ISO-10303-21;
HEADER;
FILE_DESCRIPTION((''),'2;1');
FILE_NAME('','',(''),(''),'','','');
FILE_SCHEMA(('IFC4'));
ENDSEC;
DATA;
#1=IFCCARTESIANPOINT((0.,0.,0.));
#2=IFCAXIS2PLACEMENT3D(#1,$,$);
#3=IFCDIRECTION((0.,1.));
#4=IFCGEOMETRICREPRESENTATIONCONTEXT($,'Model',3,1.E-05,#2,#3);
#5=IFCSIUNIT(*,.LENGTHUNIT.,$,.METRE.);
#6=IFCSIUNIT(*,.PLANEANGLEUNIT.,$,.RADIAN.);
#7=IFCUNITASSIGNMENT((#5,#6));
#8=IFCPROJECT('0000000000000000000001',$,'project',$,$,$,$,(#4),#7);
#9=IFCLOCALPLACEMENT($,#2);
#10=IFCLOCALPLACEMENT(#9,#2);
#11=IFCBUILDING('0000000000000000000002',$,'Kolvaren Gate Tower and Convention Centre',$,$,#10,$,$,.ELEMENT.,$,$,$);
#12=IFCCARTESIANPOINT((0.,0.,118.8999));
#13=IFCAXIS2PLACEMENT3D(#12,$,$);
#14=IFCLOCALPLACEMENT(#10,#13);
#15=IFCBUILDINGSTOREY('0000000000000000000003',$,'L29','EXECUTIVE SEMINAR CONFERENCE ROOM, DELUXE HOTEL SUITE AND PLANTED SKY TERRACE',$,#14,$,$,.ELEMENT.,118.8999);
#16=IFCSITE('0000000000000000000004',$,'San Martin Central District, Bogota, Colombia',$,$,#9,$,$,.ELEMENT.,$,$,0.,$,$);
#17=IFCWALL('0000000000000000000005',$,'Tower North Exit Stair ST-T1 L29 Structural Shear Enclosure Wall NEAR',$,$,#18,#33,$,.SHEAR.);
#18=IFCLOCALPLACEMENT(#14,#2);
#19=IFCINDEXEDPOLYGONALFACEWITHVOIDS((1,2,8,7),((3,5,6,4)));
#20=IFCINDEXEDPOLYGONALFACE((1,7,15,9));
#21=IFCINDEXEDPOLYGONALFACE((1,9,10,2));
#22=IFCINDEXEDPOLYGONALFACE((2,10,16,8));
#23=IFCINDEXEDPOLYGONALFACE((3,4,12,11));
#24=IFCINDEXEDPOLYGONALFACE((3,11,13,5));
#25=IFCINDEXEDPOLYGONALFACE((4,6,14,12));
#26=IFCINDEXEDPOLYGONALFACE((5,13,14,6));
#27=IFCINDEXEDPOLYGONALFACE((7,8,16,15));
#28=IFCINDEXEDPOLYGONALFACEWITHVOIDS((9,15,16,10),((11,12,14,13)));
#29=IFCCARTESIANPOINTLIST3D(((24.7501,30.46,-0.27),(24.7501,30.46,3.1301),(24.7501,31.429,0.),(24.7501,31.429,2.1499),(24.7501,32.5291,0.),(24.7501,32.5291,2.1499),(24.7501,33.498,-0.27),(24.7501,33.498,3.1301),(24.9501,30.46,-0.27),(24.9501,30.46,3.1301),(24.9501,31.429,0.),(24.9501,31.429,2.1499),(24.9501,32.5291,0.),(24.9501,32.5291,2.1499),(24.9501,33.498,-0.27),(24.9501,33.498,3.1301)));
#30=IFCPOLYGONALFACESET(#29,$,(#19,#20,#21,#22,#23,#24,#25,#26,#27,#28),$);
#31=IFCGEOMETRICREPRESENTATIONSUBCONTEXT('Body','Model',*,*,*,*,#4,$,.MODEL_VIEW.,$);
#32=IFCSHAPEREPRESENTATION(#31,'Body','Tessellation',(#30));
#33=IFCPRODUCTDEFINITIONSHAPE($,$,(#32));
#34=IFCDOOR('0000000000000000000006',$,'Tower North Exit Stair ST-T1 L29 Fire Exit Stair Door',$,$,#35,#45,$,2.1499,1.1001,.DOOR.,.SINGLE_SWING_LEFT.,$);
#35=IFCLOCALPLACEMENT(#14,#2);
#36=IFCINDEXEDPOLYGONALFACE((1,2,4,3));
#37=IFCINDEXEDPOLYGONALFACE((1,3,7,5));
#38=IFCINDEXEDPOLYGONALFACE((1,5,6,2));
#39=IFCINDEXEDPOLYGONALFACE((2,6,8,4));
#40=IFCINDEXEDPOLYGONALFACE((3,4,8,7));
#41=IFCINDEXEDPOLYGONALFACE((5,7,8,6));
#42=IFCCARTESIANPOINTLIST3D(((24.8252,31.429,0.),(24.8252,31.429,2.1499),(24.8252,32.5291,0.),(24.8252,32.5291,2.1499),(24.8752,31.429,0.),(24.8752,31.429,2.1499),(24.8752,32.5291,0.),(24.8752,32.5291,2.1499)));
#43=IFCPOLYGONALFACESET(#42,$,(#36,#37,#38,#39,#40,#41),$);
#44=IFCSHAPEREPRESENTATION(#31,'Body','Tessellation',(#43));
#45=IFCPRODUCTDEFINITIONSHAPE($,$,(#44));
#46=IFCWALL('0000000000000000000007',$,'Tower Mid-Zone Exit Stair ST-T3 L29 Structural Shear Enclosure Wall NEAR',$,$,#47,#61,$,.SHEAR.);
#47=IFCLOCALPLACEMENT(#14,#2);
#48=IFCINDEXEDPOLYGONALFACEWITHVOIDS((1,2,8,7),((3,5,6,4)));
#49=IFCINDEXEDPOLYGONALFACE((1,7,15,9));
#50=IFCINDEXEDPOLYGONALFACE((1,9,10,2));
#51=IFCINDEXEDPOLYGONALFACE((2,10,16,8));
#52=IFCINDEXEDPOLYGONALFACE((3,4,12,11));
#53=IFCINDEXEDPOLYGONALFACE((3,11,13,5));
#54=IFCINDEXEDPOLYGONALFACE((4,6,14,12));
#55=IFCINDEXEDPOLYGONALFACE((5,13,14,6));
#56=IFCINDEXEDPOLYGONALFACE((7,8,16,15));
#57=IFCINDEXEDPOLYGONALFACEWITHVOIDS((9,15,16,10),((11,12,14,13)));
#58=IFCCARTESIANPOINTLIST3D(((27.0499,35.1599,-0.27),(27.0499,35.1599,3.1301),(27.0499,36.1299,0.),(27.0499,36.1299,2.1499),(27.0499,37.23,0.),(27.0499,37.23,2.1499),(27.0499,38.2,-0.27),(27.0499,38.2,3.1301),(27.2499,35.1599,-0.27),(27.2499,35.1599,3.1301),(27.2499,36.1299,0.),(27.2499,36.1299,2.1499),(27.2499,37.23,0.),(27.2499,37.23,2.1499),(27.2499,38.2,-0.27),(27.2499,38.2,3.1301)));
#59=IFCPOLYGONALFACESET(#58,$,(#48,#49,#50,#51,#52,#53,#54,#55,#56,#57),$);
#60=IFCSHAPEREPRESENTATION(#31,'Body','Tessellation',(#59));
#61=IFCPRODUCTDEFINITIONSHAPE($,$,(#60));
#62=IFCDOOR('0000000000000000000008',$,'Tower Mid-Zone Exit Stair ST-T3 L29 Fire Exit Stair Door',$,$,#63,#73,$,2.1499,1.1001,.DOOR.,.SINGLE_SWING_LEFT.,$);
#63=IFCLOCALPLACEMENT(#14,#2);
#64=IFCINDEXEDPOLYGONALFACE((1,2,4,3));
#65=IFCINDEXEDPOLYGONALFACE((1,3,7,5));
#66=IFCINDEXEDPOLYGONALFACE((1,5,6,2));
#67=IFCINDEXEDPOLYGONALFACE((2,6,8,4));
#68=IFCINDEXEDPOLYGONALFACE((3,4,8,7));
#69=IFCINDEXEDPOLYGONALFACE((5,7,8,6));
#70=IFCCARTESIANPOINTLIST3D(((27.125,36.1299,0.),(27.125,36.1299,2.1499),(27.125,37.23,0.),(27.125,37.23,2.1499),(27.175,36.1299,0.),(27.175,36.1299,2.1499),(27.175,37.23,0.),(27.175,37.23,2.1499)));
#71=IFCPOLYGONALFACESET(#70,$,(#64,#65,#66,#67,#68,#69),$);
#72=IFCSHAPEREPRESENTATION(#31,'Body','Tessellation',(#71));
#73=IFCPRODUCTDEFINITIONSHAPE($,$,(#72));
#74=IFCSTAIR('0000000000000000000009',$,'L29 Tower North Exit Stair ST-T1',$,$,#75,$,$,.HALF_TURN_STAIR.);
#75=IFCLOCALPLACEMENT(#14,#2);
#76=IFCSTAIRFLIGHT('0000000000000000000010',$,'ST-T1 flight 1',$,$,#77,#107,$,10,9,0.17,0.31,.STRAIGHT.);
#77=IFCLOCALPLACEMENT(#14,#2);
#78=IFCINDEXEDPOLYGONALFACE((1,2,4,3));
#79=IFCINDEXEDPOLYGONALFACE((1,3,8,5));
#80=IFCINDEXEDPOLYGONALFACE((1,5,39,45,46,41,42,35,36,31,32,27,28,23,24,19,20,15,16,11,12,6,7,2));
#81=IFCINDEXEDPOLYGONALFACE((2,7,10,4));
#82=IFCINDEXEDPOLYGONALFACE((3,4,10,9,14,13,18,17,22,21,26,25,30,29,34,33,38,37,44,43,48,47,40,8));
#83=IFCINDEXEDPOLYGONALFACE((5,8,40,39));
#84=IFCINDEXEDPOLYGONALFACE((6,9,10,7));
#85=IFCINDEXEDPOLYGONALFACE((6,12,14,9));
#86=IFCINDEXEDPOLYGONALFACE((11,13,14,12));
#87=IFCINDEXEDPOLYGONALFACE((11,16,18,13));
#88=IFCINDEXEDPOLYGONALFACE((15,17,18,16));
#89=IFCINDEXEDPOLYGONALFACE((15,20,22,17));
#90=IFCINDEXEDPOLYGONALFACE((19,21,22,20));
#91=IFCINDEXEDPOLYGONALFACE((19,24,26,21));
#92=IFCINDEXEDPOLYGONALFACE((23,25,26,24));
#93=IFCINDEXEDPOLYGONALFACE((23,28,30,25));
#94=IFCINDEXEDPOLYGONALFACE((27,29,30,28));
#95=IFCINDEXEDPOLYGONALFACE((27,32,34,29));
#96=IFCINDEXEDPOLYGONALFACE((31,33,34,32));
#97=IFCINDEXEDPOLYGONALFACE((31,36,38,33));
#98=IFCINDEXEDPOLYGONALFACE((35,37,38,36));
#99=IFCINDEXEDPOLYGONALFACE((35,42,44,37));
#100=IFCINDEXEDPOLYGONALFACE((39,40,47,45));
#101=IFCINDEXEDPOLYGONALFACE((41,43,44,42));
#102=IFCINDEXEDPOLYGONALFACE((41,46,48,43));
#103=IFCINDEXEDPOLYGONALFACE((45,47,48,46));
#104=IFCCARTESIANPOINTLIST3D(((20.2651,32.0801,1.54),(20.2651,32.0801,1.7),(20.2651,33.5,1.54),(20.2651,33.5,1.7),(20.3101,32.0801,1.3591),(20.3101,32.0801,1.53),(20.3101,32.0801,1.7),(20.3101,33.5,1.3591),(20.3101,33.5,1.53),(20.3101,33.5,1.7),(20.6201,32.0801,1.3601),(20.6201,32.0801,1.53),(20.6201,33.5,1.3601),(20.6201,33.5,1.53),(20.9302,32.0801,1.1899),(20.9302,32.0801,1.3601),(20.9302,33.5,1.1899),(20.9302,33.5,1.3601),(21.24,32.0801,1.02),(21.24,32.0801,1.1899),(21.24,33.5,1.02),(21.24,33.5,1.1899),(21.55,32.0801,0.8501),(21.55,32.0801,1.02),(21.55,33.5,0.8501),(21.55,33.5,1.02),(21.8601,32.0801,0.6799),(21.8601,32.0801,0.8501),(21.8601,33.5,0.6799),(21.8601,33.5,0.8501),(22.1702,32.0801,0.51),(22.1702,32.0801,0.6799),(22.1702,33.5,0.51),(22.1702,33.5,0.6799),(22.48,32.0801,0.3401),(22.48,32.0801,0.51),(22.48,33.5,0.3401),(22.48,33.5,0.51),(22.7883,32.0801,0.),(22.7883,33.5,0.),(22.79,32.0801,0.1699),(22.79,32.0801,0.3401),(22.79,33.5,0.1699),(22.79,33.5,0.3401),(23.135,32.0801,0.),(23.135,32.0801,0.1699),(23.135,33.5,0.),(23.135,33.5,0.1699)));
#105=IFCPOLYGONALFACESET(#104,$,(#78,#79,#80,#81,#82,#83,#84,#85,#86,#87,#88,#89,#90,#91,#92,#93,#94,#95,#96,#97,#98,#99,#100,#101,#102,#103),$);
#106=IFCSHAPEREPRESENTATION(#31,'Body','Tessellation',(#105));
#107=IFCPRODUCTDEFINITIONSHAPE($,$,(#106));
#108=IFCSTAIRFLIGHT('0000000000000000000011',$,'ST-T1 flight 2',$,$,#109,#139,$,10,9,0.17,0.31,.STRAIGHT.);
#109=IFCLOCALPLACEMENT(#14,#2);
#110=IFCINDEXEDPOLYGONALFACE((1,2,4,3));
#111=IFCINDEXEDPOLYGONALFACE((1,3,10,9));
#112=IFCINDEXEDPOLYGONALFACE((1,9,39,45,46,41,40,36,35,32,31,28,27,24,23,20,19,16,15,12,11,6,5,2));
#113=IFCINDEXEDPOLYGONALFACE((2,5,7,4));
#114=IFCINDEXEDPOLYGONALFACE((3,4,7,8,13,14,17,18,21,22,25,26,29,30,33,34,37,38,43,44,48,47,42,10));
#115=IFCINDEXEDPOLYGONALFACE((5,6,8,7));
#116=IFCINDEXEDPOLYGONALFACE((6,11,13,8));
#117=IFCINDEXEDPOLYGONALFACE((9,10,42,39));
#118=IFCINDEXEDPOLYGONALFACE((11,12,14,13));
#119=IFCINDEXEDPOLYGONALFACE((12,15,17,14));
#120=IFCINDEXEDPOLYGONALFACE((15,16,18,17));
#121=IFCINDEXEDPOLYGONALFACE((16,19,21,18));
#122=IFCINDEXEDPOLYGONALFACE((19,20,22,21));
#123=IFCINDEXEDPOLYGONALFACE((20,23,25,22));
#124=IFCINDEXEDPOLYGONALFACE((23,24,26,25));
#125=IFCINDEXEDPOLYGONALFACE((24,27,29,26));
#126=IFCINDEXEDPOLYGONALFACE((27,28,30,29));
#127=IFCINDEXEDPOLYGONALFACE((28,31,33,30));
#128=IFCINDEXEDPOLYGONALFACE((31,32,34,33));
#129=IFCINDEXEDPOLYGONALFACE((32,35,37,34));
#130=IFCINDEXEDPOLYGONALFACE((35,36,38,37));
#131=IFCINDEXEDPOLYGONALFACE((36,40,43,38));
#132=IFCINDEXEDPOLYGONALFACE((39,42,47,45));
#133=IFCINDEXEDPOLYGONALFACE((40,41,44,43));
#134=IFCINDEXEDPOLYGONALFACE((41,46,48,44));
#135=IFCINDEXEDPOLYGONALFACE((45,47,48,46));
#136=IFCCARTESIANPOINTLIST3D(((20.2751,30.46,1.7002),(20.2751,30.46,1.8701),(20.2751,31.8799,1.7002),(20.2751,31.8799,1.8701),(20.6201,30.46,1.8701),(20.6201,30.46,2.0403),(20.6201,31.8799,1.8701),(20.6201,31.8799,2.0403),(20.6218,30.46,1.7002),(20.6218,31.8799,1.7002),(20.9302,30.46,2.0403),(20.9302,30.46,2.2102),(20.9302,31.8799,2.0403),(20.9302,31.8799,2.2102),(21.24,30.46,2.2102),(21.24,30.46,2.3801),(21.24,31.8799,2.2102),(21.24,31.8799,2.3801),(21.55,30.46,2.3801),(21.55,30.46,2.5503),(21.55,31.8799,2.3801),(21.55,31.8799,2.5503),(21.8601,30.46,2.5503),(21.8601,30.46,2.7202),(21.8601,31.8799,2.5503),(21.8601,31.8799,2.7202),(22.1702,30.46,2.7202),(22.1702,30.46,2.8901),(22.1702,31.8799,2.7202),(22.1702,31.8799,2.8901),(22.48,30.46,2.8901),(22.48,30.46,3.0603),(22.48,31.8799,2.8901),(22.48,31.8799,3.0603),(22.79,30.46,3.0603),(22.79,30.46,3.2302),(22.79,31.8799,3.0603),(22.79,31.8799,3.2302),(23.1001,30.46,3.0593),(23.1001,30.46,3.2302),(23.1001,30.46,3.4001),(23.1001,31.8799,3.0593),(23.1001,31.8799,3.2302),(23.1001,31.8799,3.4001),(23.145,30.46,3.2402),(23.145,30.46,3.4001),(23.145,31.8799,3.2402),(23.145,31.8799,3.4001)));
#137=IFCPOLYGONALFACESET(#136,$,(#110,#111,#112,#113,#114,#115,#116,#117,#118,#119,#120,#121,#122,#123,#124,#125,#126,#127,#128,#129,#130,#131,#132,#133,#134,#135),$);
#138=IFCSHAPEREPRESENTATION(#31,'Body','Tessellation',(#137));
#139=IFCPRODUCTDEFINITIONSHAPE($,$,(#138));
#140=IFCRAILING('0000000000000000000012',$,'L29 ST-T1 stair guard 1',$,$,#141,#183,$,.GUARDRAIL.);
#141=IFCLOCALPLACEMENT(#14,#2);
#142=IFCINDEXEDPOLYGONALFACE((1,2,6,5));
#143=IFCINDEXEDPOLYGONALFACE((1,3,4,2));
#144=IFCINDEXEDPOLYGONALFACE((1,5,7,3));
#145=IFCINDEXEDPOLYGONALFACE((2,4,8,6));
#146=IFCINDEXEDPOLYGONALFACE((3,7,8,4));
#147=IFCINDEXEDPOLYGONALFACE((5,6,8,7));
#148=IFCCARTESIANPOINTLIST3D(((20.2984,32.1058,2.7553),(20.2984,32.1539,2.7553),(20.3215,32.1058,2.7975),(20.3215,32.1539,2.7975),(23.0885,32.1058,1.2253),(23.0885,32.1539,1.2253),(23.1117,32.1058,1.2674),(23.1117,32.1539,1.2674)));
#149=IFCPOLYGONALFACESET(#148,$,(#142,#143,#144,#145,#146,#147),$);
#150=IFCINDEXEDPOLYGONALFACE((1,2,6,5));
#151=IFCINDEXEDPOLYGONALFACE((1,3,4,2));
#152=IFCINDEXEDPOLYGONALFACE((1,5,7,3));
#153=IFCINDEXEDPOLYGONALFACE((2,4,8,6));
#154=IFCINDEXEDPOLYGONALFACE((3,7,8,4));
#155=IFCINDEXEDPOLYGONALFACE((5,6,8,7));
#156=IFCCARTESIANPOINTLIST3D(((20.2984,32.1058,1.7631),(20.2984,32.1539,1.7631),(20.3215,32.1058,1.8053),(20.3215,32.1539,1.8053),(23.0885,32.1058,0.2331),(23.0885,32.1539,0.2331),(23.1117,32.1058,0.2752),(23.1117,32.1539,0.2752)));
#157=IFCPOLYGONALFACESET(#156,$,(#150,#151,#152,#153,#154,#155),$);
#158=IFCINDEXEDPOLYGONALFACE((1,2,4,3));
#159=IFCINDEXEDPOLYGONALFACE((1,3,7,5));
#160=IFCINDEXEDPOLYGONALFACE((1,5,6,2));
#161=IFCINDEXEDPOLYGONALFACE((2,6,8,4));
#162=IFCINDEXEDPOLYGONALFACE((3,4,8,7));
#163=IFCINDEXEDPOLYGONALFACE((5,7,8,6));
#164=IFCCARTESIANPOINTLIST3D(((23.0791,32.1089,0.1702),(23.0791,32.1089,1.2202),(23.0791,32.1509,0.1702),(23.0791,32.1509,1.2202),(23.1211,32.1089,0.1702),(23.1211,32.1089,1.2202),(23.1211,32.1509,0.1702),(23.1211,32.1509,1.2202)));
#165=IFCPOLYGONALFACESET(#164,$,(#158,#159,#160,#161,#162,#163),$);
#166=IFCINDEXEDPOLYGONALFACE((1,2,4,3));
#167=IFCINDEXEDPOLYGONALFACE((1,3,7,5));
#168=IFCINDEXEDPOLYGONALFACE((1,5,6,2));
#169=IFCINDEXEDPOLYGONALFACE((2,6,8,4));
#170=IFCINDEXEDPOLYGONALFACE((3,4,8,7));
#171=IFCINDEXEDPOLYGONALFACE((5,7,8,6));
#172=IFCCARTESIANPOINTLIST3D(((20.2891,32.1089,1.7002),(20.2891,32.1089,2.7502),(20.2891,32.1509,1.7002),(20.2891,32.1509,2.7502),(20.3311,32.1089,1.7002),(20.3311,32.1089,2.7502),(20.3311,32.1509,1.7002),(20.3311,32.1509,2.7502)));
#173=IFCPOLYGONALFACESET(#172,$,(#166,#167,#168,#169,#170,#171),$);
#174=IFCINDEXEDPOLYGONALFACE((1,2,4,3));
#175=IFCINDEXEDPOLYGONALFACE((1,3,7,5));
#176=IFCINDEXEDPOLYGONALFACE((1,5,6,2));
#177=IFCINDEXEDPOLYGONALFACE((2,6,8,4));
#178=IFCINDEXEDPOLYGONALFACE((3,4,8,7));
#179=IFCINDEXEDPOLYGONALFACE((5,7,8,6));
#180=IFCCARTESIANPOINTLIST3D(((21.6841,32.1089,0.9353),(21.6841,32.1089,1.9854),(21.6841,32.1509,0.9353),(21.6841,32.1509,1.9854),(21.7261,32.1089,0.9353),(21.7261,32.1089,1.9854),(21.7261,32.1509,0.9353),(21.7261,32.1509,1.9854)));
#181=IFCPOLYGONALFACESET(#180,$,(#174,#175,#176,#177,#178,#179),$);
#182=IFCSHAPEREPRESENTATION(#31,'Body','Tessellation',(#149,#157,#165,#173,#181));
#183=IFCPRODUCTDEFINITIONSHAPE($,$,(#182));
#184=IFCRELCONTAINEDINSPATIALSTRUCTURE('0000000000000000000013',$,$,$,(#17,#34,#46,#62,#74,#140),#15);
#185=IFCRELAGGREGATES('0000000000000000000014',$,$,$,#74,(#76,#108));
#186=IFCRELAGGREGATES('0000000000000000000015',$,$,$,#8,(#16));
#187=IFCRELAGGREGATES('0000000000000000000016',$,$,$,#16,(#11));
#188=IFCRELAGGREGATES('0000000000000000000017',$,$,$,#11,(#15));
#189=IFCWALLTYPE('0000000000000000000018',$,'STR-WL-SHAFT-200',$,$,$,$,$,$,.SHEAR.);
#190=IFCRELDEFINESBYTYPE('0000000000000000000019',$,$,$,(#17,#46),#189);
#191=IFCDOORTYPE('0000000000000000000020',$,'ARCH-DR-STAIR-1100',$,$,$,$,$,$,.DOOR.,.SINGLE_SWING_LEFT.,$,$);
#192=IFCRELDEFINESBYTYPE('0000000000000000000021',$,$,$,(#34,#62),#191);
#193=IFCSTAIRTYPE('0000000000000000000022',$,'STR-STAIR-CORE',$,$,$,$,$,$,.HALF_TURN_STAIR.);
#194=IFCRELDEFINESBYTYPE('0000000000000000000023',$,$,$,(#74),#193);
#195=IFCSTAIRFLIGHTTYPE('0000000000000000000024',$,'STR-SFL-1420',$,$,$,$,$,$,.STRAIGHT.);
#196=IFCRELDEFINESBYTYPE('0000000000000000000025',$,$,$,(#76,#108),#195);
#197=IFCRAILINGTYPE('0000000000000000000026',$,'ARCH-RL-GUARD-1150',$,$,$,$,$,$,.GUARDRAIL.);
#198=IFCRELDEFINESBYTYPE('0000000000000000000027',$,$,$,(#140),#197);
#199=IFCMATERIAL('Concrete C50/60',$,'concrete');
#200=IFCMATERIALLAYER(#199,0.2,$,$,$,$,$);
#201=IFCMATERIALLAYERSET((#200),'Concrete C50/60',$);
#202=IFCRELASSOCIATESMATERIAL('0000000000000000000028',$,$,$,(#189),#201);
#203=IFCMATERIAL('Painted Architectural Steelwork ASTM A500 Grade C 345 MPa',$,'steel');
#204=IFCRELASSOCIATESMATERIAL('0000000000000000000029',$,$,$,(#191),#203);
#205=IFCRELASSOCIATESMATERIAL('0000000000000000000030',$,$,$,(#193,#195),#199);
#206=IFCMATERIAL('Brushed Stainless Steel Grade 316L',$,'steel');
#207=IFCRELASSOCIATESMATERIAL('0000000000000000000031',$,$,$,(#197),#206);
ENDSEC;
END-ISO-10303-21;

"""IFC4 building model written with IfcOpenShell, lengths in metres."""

from ifc_helpers import new_model, si_unit, direction, frame, frame_2d, origin, origin_2d, place, context, subcontext, project, spatial, polyline, rectangle, outline, extrude, material, layer, layer_set, type_object, element, fill, aggregate, save


model = new_model("IFC4")

# Units and contexts
model_context = context("Model", 3, precision=1e-05, world=origin(), true_north=direction((0.0, 1.0)))
body_context = subcontext(model_context, "Body", "Model", "MODEL_VIEW")
ifc_project = project(units=[si_unit("LENGTHUNIT", "METRE"), si_unit("PLANEANGLEUNIT", "RADIAN")], contexts=[model_context])

# Site, building, storey
site_placement = place(None, origin())
site = spatial("IfcSite", under=ifc_project, at=site_placement, Name="San Martin Central District, Bogota, Colombia", CompositionType="ELEMENT", RefElevation=0.0)
building_placement = place(site_placement, origin())
building = spatial("IfcBuilding", under=site, at=building_placement, Name="Kolvaren Gate Tower and Convention Centre", CompositionType="ELEMENT")
storey_placement = place(building_placement, frame((0.0, 0.0, 118.8999)))
storey = spatial("IfcBuildingStorey", under=building, at=storey_placement, Name="L29", Description="EXECUTIVE SEMINAR CONFERENCE ROOM, DELUXE HOTEL SUITE AND PLANTED SKY TERRACE", CompositionType="ELEMENT", Elevation=118.8999)

# Shared definitions
ifc_material_1 = material(Name="Brushed Stainless Steel Grade 316L", Category="steel")

# Walls, openings, doors
ifc_material_2 = material(Name="Concrete C50/60", Category="concrete")
ifc_layer_1 = layer(ifc_material_2, 0.2)
ifc_layer_set_1 = layer_set([ifc_layer_1], Name="Concrete C50/60")
wall_type_1 = type_object("IfcWallType", Name="STR-WL-SHAFT-200", PredefinedType="SHEAR", material=ifc_layer_set_1)
wall_1_placement = place(storey_placement, frame((24.8501, 30.46, -0.27), z_axis=(0.0, 0.0, 1.0), x_axis=(0.0, 1.0, 0.0)))
wall_1 = element("IfcWall", 1, at=wall_1_placement, inside=storey, type_object=wall_type_1, Name="Tower North Exit Stair ST-T1 L29 Structural Shear Enclosure Wall NEAR", PredefinedType="SHEAR", context=body_context, shape_type="SweptSolid", body=[
    extrude(rectangle(XDim=3.0381, YDim=0.2, at=frame_2d((1.519, 0.0))), origin(), (0.0, 0.0, 1.0), 3.4001),
])
opening_1_placement = place(wall_1_placement, frame((0.969, 0.0, 0.27)))
opening_1 = element("IfcOpeningElement", 2, at=opening_1_placement, cuts=wall_1, PredefinedType="OPENING", context=body_context, shape_type="SweptSolid", body=[
    extrude(rectangle(XDim=1.1001, YDim=2.1499, at=frame_2d((0.55, 1.075))), frame((0.0, 0.1099, 0.0), z_axis=(0.0, -1.0, 0.0), x_axis=(1.0, 0.0, 0.0)), (0.0, 0.0, 1.0), 0.22),
])
ifc_material_3 = material(Name="Painted Architectural Steelwork ASTM A500 Grade C 345 MPa", Category="steel")
door_type_1 = type_object("IfcDoorType", Name="ARCH-DR-STAIR-1100", OperationType="SINGLE_SWING_LEFT", PredefinedType="DOOR", material=ifc_material_3)
door_1_placement = place(opening_1_placement, origin())
door_1 = element("IfcDoor", 3, at=door_1_placement, inside=storey, type_object=door_type_1, Name="Tower North Exit Stair ST-T1 L29 Fire Exit Stair Door", OperationType="SINGLE_SWING_LEFT", OverallHeight=2.1499, OverallWidth=1.1001, PredefinedType="DOOR", context=body_context, shape_type="SweptSolid", body=[
    extrude(rectangle(XDim=1.1001, YDim=2.1499, at=frame_2d((0.55, 1.075))), frame((0.0, 0.0249, 0.0), z_axis=(0.0, -1.0, 0.0), x_axis=(1.0, 0.0, 0.0)), (0.0, 0.0, 1.0), 0.05),
])
fill(opening_1, door_1)
wall_2_placement = place(storey_placement, frame((27.1499, 35.1599, -0.27), z_axis=(0.0, 0.0, 1.0), x_axis=(0.0, 1.0, 0.0)))
wall_2 = element("IfcWall", 4, at=wall_2_placement, inside=storey, type_object=wall_type_1, Name="Tower Mid-Zone Exit Stair ST-T3 L29 Structural Shear Enclosure Wall NEAR", PredefinedType="SHEAR", context=body_context, shape_type="SweptSolid", body=[
    extrude(rectangle(XDim=3.04, YDim=0.2, at=frame_2d((1.52, 0.0))), origin(), (0.0, 0.0, 1.0), 3.4001),
])
opening_2_placement = place(wall_2_placement, frame((0.97, 0.0, 0.27)))
opening_2 = element("IfcOpeningElement", 5, at=opening_2_placement, cuts=wall_2, PredefinedType="OPENING", context=body_context, shape_type="SweptSolid", body=[
    extrude(rectangle(XDim=1.1001, YDim=2.1499, at=frame_2d((0.55, 1.075))), frame((0.0, 0.1099, 0.0), z_axis=(0.0, -1.0, 0.0), x_axis=(1.0, 0.0, 0.0)), (0.0, 0.0, 1.0), 0.22),
])
door_2_placement = place(opening_2_placement, origin())
door_2 = element("IfcDoor", 6, at=door_2_placement, inside=storey, type_object=door_type_1, Name="Tower Mid-Zone Exit Stair ST-T3 L29 Fire Exit Stair Door", OperationType="SINGLE_SWING_LEFT", OverallHeight=2.1499, OverallWidth=1.1001, PredefinedType="DOOR", context=body_context, shape_type="SweptSolid", body=[
    extrude(rectangle(XDim=1.1001, YDim=2.1499, at=frame_2d((0.55, 1.075))), frame((0.0, 0.0249, 0.0), z_axis=(0.0, -1.0, 0.0), x_axis=(1.0, 0.0, 0.0)), (0.0, 0.0, 1.0), 0.05),
])
fill(opening_2, door_2)

# Stair, stair flights
stair_type = type_object("IfcStairType", Name="STR-STAIR-CORE", PredefinedType="HALF_TURN_STAIR", material=ifc_material_2)
stair_placement = place(storey_placement, origin())
stair = element("IfcStair", 7, at=stair_placement, inside=storey, type_object=stair_type, Name="L29 Tower North Exit Stair ST-T1", PredefinedType="HALF_TURN_STAIR")
stair_flight_type = type_object("IfcStairFlightType", Name="STR-SFL-1420", PredefinedType="STRAIGHT", material=ifc_material_2)
stair_flight_1_placement = place(storey_placement, frame((23.1001, 32.79, 0.0), z_axis=(0.0, 0.0, 1.0), x_axis=(-1.0, 0.0, 0.0)))
stair_flight_1 = element("IfcStairFlight", 8, at=stair_flight_1_placement, type_object=stair_flight_type, Name="ST-T1 flight 1", NumberOfRisers=10, NumberOfTreads=9, PredefinedType="STRAIGHT", RiserHeight=0.17, TreadLength=0.31, context=body_context, shape_type="SweptSolid", body=[
    extrude(outline(polyline([(-0.0349, 0.0), (-0.0349, 0.1699), (0.3101, 0.1699), (0.3101, 0.3401), (0.6201, 0.3401), (0.6201, 0.51), (0.9299, 0.51), (0.9299, 0.6799), (1.24, 0.6799), (1.24, 0.8501), (1.55, 0.8501), (1.55, 1.02), (1.8601, 1.02), (1.8601, 1.1899), (2.1699, 1.1899), (2.1699, 1.3601), (2.48, 1.3601), (2.48, 1.53), (2.79, 1.53), (2.79, 1.7), (2.835, 1.7), (2.835, 1.54), (2.79, 1.3591), (0.3118, 0.0), (-0.0349, 0.0)])), frame((0.0, 0.71, 0.0), z_axis=(0.0, -1.0, 0.0), x_axis=(1.0, 0.0, 0.0)), (0.0, 0.0, 1.0), 1.4199),
])
stair_flight_2_placement = place(storey_placement, frame((20.3101, 31.1699, 1.7002), z_axis=(0.0, 0.0, 1.0), x_axis=(1.0, 0.0, 0.0)))
stair_flight_2 = element("IfcStairFlight", 9, at=stair_flight_2_placement, type_object=stair_flight_type, Name="ST-T1 flight 2", NumberOfRisers=10, NumberOfTreads=9, PredefinedType="STRAIGHT", RiserHeight=0.17, TreadLength=0.31, context=body_context, shape_type="SweptSolid", body=[
    extrude(outline(polyline([(-0.0349, 0.0), (-0.0349, 0.1699), (0.3101, 0.1699), (0.3101, 0.3401), (0.6201, 0.3401), (0.6201, 0.51), (0.9299, 0.51), (0.9299, 0.6799), (1.24, 0.6799), (1.24, 0.8501), (1.55, 0.8501), (1.55, 1.02), (1.8601, 1.02), (1.8601, 1.1899), (2.1699, 1.1899), (2.1699, 1.3601), (2.48, 1.3601), (2.48, 1.53), (2.79, 1.53), (2.79, 1.7), (2.835, 1.7), (2.835, 1.54), (2.79, 1.3591), (0.3118, 0.0), (-0.0349, 0.0)])), frame((0.0, 0.71, 0.0), z_axis=(0.0, -1.0, 0.0), x_axis=(1.0, 0.0, 0.0)), (0.0, 0.0, 1.0), 1.4199),
])
aggregate(stair, [stair_flight_1, stair_flight_2])

# Railing
railing_type_1 = type_object("IfcRailingType", Name="ARCH-RL-GUARD-1150", PredefinedType="GUARDRAIL", material=ifc_material_1)
railing_1_placement = place(storey_placement, frame((23.1001, 32.1299, 0.1702)))
element("IfcRailing", 10, at=railing_1_placement, inside=storey, type_object=railing_type_1, Name="L29 ST-T1 stair guard 1", PredefinedType="GUARDRAIL", context=body_context, shape_type="SweptSolid", body=[
    extrude(rectangle(XDim=0.0481, YDim=0.0481, at=origin_2d()), frame((0.0, 0.0, 1.0762), z_axis=(-0.876811, 0.0, 0.480835), x_axis=(0.0, -1.0, 0.0)), (0.0, 0.0, 1.0), 3.1821),
    extrude(rectangle(XDim=0.0481, YDim=0.0481, at=origin_2d()), frame((0.0, 0.0, 0.084), z_axis=(-0.876811, 0.0, 0.480835), x_axis=(0.0, -1.0, 0.0)), (0.0, 0.0, 1.0), 3.1821),
    extrude(rectangle(XDim=0.042, YDim=0.042, at=origin_2d()), origin(), (0.0, 0.0, 1.0), 1.05),
    extrude(rectangle(XDim=0.042, YDim=0.042, at=origin_2d()), frame((-2.79, 0.0, 1.53)), (0.0, 0.0, 1.0), 1.05),
    extrude(rectangle(XDim=0.042, YDim=0.042, at=origin_2d()), frame((-1.395, 0.0, 0.7651)), (0.0, 0.0, 1.0), 1.05),
])

save(model, "model.ifc")
